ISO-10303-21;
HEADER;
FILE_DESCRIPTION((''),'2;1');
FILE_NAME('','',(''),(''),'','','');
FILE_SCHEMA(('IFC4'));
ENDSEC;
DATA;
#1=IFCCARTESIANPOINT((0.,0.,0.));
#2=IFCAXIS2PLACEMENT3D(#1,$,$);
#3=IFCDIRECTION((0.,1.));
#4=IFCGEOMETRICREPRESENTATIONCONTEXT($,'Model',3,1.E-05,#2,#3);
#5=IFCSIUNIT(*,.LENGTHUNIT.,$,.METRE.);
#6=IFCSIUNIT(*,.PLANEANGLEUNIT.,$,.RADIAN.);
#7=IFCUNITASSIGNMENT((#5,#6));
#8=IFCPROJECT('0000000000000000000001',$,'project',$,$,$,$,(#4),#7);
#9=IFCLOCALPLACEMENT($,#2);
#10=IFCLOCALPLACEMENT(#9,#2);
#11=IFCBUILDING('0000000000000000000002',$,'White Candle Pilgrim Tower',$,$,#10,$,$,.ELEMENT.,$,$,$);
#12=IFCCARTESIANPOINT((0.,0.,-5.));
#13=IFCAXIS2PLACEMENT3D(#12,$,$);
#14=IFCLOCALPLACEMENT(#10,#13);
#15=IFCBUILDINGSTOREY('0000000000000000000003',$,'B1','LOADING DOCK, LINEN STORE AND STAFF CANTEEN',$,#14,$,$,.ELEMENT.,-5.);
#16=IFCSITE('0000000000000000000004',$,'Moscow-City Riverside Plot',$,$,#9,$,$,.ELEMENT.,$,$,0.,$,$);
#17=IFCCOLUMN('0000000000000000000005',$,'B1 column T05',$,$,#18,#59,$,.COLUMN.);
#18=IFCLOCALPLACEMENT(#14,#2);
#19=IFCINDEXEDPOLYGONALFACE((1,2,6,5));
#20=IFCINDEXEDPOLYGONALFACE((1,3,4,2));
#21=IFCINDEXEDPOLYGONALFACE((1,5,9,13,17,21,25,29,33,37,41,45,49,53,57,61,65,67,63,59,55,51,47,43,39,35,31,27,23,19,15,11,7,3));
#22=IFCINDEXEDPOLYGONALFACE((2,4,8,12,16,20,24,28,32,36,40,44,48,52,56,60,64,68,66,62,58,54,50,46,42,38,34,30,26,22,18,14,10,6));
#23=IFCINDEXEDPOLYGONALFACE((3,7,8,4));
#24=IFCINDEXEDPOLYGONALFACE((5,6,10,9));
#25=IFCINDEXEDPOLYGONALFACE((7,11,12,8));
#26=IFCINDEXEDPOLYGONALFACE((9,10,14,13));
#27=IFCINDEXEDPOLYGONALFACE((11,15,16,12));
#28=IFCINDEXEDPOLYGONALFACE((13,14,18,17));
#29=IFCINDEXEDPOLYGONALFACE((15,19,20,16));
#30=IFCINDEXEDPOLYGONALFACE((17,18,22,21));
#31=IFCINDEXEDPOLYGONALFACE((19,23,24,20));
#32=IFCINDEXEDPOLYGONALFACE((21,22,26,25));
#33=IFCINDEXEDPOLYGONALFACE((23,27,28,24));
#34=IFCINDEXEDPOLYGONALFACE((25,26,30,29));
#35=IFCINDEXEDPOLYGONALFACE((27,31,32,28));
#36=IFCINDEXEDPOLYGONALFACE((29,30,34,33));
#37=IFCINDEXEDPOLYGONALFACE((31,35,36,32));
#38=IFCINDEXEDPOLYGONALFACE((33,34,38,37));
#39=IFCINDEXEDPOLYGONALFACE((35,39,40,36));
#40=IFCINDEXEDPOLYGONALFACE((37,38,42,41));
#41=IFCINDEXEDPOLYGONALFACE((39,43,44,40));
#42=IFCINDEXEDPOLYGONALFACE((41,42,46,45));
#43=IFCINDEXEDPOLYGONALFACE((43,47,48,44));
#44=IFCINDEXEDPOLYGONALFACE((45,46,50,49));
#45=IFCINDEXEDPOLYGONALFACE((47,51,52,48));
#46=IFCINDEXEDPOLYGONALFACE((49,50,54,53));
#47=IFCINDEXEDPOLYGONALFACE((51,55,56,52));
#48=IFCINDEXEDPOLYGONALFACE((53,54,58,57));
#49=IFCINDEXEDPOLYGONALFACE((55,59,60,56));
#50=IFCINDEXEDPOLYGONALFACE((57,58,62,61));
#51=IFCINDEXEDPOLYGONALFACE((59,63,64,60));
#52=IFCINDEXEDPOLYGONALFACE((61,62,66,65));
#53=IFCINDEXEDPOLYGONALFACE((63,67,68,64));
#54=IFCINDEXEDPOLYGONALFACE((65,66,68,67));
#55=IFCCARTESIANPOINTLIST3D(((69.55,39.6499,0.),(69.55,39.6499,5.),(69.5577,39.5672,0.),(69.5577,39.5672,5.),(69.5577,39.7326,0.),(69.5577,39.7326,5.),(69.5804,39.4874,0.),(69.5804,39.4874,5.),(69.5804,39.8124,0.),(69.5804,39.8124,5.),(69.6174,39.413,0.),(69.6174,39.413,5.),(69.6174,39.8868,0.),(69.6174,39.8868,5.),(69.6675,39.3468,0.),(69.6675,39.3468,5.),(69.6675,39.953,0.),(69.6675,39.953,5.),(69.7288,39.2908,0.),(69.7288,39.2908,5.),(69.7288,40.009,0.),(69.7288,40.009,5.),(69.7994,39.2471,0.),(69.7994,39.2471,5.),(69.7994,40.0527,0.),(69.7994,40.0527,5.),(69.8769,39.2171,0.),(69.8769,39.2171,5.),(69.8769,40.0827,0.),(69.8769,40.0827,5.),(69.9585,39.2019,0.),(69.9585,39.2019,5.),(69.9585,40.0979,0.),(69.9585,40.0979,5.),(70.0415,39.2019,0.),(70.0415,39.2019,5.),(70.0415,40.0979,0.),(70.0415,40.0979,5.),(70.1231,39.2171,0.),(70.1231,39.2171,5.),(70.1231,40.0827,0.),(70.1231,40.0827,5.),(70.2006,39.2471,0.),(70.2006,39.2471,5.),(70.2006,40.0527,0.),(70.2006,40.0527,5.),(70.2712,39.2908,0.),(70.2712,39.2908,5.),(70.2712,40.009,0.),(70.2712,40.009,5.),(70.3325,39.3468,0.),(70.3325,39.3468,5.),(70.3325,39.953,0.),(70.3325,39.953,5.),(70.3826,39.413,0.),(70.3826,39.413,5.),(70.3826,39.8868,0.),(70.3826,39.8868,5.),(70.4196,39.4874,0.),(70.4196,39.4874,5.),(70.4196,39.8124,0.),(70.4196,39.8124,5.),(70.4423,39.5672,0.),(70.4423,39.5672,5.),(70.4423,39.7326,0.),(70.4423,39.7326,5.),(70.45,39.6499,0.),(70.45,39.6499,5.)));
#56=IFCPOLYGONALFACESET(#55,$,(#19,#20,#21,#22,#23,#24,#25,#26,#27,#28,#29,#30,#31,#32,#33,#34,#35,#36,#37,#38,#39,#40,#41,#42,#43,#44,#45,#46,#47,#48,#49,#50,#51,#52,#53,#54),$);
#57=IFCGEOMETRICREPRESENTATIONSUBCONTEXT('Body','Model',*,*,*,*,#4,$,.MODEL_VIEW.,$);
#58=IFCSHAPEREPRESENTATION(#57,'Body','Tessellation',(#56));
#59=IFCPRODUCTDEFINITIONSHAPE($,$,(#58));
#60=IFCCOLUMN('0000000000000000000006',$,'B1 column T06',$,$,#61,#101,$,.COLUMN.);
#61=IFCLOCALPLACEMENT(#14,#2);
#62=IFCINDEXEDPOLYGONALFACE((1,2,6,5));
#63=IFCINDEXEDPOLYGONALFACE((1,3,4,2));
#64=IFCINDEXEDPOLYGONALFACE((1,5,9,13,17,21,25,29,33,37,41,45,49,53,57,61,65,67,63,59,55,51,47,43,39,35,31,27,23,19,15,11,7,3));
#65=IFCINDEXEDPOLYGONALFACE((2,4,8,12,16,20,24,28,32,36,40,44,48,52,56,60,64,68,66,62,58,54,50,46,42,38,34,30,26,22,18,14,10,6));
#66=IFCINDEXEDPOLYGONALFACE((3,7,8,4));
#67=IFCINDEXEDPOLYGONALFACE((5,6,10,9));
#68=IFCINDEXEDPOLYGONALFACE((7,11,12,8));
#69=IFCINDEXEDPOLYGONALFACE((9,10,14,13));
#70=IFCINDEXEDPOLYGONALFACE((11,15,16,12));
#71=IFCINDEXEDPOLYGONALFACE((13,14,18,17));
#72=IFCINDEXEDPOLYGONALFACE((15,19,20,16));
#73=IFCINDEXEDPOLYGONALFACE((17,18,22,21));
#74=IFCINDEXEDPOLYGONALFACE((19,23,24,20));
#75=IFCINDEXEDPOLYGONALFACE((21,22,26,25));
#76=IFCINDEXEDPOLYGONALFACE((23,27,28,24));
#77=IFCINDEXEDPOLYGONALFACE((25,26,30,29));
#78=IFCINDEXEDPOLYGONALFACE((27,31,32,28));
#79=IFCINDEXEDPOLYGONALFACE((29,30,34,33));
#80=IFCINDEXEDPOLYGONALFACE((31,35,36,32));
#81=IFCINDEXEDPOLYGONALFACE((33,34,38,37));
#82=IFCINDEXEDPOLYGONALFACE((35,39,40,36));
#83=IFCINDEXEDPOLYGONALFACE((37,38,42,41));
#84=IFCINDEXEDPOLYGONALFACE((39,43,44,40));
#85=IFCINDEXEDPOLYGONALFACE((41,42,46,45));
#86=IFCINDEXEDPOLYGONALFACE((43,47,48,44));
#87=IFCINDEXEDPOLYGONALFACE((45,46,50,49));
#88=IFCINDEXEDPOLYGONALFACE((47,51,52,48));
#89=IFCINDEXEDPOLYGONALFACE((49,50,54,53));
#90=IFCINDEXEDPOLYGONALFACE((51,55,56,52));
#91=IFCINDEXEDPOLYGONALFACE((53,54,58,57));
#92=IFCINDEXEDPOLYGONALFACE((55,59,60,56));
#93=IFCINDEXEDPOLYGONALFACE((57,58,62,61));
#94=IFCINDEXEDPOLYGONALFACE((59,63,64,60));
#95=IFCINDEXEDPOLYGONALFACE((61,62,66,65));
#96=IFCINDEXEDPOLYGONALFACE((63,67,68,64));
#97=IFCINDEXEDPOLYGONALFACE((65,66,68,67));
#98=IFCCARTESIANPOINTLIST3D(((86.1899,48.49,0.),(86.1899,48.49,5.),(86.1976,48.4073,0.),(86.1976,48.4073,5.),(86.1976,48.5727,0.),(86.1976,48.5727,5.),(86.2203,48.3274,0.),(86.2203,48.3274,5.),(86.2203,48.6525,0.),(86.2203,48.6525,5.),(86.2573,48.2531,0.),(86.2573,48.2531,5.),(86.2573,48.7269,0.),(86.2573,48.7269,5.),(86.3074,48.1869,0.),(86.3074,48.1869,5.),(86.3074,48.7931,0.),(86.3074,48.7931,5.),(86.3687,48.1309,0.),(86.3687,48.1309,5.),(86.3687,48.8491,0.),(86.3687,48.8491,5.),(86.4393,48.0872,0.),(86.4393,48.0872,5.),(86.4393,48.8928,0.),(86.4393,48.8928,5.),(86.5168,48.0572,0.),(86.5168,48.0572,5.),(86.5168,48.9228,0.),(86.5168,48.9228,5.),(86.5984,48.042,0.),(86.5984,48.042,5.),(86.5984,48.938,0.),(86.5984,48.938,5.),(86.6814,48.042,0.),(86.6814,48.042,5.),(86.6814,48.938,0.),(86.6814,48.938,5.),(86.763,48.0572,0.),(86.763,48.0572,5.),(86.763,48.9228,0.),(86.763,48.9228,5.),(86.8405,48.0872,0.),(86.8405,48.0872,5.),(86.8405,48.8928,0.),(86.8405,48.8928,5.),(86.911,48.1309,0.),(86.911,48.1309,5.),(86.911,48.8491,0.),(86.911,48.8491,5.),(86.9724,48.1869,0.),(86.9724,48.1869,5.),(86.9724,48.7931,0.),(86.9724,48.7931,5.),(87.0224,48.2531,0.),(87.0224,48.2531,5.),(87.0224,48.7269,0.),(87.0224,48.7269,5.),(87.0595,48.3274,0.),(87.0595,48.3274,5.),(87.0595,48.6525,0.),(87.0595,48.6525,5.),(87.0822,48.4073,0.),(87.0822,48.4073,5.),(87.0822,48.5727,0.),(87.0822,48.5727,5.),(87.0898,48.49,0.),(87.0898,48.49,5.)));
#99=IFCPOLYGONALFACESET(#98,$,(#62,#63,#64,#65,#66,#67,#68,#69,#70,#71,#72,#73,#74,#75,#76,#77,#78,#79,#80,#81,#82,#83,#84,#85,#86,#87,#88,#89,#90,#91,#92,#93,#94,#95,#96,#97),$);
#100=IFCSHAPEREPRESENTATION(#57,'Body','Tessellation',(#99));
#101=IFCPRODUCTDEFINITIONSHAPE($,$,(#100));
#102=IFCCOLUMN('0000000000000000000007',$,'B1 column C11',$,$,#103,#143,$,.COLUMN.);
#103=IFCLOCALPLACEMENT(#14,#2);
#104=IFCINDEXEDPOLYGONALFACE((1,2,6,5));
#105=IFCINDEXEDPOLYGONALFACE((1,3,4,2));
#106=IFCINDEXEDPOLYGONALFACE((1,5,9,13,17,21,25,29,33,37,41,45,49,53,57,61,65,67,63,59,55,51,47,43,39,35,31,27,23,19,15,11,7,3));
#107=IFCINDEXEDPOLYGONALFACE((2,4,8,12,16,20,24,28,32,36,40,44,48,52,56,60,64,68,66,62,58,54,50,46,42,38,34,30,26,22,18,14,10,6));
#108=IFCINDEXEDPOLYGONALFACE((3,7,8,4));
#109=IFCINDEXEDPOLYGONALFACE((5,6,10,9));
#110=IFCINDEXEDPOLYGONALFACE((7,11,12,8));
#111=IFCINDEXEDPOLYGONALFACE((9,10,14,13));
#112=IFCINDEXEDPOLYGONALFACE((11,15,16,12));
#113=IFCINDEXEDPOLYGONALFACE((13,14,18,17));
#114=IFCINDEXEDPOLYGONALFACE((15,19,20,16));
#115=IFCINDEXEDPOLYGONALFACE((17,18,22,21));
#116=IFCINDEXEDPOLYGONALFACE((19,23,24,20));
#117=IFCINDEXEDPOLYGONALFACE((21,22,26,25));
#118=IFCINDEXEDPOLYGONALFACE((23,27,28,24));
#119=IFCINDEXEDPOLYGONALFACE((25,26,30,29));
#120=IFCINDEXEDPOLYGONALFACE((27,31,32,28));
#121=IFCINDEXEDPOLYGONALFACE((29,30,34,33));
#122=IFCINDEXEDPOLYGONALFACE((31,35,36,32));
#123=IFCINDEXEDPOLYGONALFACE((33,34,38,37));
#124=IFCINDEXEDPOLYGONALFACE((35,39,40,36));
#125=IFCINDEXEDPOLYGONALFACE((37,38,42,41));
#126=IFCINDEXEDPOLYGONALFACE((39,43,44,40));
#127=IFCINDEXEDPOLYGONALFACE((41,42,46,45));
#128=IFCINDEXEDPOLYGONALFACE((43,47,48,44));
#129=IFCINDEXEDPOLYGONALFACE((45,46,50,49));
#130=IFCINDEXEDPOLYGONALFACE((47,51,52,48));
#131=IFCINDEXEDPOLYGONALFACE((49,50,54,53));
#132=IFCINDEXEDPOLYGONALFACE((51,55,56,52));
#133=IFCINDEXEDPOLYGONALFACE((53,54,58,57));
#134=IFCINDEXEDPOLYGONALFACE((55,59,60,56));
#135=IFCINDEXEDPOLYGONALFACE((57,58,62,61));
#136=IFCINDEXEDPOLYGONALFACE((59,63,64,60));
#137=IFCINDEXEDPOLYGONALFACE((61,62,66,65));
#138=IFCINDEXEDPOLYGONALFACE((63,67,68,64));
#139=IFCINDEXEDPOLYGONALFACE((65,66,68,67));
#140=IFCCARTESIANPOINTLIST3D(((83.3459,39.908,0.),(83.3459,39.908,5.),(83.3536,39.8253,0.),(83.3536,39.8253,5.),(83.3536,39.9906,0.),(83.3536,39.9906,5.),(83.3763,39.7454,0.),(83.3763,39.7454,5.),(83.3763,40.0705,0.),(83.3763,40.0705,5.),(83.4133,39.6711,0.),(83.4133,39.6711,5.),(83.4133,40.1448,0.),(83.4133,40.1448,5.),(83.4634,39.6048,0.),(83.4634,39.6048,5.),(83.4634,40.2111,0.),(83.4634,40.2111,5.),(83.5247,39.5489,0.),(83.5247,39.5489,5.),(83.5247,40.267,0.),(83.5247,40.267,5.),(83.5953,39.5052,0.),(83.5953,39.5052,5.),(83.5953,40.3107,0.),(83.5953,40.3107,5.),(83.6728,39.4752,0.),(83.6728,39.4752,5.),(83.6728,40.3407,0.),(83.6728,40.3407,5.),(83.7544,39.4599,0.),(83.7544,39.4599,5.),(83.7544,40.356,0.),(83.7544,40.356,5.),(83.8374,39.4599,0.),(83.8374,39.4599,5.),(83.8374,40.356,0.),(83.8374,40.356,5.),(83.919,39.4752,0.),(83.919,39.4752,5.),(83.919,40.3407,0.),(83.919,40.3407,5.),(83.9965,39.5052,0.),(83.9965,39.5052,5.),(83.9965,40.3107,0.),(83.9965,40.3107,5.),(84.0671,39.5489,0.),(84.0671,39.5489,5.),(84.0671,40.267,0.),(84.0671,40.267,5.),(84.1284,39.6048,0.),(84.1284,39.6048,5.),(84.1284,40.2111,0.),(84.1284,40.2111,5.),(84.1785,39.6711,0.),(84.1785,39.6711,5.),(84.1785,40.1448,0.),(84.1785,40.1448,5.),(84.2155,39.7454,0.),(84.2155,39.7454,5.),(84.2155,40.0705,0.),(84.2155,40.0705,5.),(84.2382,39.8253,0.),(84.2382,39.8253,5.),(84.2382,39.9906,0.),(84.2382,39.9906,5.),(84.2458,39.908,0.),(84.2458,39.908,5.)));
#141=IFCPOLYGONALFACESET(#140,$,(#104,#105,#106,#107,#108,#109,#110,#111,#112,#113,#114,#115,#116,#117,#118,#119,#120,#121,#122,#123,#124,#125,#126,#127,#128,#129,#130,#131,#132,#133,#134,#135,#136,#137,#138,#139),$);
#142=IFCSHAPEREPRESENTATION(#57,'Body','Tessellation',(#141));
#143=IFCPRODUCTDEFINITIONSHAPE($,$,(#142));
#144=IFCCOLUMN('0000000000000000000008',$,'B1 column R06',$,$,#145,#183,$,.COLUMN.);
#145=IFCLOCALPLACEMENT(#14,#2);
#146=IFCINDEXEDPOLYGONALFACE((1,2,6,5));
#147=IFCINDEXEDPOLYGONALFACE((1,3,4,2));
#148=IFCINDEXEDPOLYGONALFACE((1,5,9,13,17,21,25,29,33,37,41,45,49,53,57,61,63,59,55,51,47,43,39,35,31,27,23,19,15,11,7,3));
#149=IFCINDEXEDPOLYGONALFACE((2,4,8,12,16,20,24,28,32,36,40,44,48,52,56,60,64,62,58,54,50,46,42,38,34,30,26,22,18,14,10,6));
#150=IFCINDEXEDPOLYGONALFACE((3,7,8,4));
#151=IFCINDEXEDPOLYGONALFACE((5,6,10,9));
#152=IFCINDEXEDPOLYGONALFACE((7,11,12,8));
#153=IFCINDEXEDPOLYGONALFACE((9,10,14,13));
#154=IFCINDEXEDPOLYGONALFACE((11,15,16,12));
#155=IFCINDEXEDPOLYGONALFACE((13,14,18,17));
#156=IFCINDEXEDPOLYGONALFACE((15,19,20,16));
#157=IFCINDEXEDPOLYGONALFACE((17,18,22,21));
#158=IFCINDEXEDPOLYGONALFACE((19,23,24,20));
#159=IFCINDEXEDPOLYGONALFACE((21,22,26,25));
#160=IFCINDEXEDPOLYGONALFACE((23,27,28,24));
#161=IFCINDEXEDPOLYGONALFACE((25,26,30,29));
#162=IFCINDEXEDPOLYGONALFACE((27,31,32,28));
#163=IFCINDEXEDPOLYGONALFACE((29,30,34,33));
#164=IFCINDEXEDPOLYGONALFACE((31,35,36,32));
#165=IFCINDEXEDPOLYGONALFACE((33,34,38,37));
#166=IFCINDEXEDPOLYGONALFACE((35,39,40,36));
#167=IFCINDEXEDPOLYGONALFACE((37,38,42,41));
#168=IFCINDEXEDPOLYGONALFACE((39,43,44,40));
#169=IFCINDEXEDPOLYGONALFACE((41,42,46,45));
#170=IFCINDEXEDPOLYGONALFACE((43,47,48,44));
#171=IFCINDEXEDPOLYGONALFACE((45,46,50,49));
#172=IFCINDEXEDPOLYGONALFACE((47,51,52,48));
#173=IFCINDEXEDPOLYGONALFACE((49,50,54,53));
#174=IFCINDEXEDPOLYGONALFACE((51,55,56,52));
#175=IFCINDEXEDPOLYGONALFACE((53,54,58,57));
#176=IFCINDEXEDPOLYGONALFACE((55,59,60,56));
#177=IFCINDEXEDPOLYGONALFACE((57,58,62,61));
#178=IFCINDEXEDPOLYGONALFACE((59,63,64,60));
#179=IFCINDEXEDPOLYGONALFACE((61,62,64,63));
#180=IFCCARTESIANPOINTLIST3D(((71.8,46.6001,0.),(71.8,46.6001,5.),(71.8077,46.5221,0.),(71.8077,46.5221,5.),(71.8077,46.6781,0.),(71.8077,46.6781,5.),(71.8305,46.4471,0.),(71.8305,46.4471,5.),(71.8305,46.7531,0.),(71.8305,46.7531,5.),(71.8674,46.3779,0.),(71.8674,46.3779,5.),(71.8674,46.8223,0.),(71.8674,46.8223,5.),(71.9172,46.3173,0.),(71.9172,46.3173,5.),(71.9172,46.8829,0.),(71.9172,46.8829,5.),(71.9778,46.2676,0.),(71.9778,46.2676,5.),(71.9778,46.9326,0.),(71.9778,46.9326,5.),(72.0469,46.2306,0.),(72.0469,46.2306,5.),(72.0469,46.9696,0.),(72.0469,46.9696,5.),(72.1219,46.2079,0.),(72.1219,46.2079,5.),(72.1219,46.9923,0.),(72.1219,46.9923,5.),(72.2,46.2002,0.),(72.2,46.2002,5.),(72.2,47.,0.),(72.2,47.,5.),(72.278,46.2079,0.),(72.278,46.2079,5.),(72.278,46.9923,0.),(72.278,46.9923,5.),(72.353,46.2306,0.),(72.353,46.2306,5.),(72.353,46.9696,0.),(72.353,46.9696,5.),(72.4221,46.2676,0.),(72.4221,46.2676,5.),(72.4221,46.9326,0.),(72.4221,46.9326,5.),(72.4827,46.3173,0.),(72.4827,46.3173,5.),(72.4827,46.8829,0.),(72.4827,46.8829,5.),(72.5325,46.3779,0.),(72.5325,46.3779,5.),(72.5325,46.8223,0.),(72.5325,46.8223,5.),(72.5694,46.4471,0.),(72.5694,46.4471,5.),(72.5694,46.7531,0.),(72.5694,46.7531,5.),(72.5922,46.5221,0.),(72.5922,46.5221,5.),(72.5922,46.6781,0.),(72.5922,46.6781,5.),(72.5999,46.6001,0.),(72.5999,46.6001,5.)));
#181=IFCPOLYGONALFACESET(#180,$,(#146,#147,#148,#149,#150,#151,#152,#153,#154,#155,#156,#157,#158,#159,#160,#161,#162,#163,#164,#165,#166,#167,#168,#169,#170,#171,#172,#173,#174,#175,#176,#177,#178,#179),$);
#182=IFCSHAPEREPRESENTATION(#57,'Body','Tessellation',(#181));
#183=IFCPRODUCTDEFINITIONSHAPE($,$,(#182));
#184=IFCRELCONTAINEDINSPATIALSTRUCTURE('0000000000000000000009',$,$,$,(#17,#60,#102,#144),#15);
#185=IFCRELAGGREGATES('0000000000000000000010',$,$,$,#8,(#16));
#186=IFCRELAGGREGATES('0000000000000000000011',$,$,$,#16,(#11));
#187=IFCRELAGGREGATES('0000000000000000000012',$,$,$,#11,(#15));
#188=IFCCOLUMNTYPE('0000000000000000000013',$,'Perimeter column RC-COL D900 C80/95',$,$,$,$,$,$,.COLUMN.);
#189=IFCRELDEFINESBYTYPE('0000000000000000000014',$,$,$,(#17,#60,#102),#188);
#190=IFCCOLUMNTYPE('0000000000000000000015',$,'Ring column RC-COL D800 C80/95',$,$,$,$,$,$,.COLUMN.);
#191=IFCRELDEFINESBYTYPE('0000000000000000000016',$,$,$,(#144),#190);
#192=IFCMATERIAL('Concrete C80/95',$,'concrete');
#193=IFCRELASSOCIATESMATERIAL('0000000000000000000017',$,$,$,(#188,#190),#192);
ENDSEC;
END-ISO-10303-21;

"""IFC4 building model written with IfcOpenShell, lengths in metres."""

from ifc_helpers import new_model, si_unit, direction, frame, origin, origin_2d, place, context, subcontext, project, spatial, circle, extrude, material, material_profile, profile_set, type_object, element, save


model = new_model("IFC4")

# Units and contexts
model_context = context("Model", 3, precision=1e-05, world=origin(), true_north=direction((0.0, 1.0)))
body_context = subcontext(model_context, "Body", "Model", "MODEL_VIEW")
ifc_project = project(units=[si_unit("LENGTHUNIT", "METRE"), si_unit("PLANEANGLEUNIT", "RADIAN")], contexts=[model_context])

# Site, building, storey
site_placement = place(None, origin())
site = spatial("IfcSite", under=ifc_project, at=site_placement, Name="Moscow-City Riverside Plot", CompositionType="ELEMENT", RefElevation=0.0)
building_placement = place(site_placement, origin())
building = spatial("IfcBuilding", under=site, at=building_placement, Name="White Candle Pilgrim Tower", CompositionType="ELEMENT")
storey_placement = place(building_placement, frame((0.0, 0.0, -5.0)))
storey = spatial("IfcBuildingStorey", under=building, at=storey_placement, Name="B1", Description="LOADING DOCK, LINEN STORE AND STAFF CANTEEN", CompositionType="ELEMENT", Elevation=-5.0)

# Columns
ifc_material_1 = material(Name="Concrete C80/95", Category="concrete")
ifc_material_profile_1 = material_profile(ifc_material_1, circle(Radius=0.45, at=origin_2d()), Name="RC-COL D900")
ifc_profile_set_1 = profile_set([ifc_material_profile_1], Name="Concrete C80/95")
column_type_1 = type_object("IfcColumnType", Name="Perimeter column RC-COL D900 C80/95", PredefinedType="COLUMN", material=ifc_profile_set_1)
for number, where, z_axis, x_axis, name in (
    (1, (70.0, 39.6499, 0.0), (0.0, 0.0, 1.0), (1.0, 0.0, 0.0), "B1 column T05"),
    (2, (86.6399, 48.49, 0.0), (0.0, 0.0, 1.0), (1.0, 0.0, 0.0), "B1 column T06"),
    (3, (83.7959, 39.908, 0.0), (0.0, 0.0, 1.0), (1.0, 0.0, 0.0), "B1 column C11"),
):
    element("IfcColumn", number, at=place(storey_placement, frame(where, z_axis=z_axis, x_axis=x_axis)), inside=storey, type_object=column_type_1, Name=name, PredefinedType="COLUMN", context=body_context, shape_type="SweptSolid", body=[
        extrude(circle(Radius=0.45, at=origin_2d()), origin(), (0.0, 0.0, 1.0), 5.0),
    ])
ifc_material_profile_2 = material_profile(ifc_material_1, circle(Radius=0.3999, at=origin_2d()), Name="RC-COL D800")
ifc_profile_set_2 = profile_set([ifc_material_profile_2], Name="Concrete C80/95")
column_type_2 = type_object("IfcColumnType", Name="Ring column RC-COL D800 C80/95", PredefinedType="COLUMN", material=ifc_profile_set_2)
for number, where, z_axis, x_axis, name in (
    (4, (72.2, 46.6001, 0.0), (0.0, 0.0, 1.0), (1.0, 0.0, 0.0), "B1 column R06"),
):
    element("IfcColumn", number, at=place(storey_placement, frame(where, z_axis=z_axis, x_axis=x_axis)), inside=storey, type_object=column_type_2, Name=name, PredefinedType="COLUMN", context=body_context, shape_type="SweptSolid", body=[
        extrude(circle(Radius=0.3999, at=origin_2d()), origin(), (0.0, 0.0, 1.0), 5.0),
    ])

save(model, "model.ifc")
